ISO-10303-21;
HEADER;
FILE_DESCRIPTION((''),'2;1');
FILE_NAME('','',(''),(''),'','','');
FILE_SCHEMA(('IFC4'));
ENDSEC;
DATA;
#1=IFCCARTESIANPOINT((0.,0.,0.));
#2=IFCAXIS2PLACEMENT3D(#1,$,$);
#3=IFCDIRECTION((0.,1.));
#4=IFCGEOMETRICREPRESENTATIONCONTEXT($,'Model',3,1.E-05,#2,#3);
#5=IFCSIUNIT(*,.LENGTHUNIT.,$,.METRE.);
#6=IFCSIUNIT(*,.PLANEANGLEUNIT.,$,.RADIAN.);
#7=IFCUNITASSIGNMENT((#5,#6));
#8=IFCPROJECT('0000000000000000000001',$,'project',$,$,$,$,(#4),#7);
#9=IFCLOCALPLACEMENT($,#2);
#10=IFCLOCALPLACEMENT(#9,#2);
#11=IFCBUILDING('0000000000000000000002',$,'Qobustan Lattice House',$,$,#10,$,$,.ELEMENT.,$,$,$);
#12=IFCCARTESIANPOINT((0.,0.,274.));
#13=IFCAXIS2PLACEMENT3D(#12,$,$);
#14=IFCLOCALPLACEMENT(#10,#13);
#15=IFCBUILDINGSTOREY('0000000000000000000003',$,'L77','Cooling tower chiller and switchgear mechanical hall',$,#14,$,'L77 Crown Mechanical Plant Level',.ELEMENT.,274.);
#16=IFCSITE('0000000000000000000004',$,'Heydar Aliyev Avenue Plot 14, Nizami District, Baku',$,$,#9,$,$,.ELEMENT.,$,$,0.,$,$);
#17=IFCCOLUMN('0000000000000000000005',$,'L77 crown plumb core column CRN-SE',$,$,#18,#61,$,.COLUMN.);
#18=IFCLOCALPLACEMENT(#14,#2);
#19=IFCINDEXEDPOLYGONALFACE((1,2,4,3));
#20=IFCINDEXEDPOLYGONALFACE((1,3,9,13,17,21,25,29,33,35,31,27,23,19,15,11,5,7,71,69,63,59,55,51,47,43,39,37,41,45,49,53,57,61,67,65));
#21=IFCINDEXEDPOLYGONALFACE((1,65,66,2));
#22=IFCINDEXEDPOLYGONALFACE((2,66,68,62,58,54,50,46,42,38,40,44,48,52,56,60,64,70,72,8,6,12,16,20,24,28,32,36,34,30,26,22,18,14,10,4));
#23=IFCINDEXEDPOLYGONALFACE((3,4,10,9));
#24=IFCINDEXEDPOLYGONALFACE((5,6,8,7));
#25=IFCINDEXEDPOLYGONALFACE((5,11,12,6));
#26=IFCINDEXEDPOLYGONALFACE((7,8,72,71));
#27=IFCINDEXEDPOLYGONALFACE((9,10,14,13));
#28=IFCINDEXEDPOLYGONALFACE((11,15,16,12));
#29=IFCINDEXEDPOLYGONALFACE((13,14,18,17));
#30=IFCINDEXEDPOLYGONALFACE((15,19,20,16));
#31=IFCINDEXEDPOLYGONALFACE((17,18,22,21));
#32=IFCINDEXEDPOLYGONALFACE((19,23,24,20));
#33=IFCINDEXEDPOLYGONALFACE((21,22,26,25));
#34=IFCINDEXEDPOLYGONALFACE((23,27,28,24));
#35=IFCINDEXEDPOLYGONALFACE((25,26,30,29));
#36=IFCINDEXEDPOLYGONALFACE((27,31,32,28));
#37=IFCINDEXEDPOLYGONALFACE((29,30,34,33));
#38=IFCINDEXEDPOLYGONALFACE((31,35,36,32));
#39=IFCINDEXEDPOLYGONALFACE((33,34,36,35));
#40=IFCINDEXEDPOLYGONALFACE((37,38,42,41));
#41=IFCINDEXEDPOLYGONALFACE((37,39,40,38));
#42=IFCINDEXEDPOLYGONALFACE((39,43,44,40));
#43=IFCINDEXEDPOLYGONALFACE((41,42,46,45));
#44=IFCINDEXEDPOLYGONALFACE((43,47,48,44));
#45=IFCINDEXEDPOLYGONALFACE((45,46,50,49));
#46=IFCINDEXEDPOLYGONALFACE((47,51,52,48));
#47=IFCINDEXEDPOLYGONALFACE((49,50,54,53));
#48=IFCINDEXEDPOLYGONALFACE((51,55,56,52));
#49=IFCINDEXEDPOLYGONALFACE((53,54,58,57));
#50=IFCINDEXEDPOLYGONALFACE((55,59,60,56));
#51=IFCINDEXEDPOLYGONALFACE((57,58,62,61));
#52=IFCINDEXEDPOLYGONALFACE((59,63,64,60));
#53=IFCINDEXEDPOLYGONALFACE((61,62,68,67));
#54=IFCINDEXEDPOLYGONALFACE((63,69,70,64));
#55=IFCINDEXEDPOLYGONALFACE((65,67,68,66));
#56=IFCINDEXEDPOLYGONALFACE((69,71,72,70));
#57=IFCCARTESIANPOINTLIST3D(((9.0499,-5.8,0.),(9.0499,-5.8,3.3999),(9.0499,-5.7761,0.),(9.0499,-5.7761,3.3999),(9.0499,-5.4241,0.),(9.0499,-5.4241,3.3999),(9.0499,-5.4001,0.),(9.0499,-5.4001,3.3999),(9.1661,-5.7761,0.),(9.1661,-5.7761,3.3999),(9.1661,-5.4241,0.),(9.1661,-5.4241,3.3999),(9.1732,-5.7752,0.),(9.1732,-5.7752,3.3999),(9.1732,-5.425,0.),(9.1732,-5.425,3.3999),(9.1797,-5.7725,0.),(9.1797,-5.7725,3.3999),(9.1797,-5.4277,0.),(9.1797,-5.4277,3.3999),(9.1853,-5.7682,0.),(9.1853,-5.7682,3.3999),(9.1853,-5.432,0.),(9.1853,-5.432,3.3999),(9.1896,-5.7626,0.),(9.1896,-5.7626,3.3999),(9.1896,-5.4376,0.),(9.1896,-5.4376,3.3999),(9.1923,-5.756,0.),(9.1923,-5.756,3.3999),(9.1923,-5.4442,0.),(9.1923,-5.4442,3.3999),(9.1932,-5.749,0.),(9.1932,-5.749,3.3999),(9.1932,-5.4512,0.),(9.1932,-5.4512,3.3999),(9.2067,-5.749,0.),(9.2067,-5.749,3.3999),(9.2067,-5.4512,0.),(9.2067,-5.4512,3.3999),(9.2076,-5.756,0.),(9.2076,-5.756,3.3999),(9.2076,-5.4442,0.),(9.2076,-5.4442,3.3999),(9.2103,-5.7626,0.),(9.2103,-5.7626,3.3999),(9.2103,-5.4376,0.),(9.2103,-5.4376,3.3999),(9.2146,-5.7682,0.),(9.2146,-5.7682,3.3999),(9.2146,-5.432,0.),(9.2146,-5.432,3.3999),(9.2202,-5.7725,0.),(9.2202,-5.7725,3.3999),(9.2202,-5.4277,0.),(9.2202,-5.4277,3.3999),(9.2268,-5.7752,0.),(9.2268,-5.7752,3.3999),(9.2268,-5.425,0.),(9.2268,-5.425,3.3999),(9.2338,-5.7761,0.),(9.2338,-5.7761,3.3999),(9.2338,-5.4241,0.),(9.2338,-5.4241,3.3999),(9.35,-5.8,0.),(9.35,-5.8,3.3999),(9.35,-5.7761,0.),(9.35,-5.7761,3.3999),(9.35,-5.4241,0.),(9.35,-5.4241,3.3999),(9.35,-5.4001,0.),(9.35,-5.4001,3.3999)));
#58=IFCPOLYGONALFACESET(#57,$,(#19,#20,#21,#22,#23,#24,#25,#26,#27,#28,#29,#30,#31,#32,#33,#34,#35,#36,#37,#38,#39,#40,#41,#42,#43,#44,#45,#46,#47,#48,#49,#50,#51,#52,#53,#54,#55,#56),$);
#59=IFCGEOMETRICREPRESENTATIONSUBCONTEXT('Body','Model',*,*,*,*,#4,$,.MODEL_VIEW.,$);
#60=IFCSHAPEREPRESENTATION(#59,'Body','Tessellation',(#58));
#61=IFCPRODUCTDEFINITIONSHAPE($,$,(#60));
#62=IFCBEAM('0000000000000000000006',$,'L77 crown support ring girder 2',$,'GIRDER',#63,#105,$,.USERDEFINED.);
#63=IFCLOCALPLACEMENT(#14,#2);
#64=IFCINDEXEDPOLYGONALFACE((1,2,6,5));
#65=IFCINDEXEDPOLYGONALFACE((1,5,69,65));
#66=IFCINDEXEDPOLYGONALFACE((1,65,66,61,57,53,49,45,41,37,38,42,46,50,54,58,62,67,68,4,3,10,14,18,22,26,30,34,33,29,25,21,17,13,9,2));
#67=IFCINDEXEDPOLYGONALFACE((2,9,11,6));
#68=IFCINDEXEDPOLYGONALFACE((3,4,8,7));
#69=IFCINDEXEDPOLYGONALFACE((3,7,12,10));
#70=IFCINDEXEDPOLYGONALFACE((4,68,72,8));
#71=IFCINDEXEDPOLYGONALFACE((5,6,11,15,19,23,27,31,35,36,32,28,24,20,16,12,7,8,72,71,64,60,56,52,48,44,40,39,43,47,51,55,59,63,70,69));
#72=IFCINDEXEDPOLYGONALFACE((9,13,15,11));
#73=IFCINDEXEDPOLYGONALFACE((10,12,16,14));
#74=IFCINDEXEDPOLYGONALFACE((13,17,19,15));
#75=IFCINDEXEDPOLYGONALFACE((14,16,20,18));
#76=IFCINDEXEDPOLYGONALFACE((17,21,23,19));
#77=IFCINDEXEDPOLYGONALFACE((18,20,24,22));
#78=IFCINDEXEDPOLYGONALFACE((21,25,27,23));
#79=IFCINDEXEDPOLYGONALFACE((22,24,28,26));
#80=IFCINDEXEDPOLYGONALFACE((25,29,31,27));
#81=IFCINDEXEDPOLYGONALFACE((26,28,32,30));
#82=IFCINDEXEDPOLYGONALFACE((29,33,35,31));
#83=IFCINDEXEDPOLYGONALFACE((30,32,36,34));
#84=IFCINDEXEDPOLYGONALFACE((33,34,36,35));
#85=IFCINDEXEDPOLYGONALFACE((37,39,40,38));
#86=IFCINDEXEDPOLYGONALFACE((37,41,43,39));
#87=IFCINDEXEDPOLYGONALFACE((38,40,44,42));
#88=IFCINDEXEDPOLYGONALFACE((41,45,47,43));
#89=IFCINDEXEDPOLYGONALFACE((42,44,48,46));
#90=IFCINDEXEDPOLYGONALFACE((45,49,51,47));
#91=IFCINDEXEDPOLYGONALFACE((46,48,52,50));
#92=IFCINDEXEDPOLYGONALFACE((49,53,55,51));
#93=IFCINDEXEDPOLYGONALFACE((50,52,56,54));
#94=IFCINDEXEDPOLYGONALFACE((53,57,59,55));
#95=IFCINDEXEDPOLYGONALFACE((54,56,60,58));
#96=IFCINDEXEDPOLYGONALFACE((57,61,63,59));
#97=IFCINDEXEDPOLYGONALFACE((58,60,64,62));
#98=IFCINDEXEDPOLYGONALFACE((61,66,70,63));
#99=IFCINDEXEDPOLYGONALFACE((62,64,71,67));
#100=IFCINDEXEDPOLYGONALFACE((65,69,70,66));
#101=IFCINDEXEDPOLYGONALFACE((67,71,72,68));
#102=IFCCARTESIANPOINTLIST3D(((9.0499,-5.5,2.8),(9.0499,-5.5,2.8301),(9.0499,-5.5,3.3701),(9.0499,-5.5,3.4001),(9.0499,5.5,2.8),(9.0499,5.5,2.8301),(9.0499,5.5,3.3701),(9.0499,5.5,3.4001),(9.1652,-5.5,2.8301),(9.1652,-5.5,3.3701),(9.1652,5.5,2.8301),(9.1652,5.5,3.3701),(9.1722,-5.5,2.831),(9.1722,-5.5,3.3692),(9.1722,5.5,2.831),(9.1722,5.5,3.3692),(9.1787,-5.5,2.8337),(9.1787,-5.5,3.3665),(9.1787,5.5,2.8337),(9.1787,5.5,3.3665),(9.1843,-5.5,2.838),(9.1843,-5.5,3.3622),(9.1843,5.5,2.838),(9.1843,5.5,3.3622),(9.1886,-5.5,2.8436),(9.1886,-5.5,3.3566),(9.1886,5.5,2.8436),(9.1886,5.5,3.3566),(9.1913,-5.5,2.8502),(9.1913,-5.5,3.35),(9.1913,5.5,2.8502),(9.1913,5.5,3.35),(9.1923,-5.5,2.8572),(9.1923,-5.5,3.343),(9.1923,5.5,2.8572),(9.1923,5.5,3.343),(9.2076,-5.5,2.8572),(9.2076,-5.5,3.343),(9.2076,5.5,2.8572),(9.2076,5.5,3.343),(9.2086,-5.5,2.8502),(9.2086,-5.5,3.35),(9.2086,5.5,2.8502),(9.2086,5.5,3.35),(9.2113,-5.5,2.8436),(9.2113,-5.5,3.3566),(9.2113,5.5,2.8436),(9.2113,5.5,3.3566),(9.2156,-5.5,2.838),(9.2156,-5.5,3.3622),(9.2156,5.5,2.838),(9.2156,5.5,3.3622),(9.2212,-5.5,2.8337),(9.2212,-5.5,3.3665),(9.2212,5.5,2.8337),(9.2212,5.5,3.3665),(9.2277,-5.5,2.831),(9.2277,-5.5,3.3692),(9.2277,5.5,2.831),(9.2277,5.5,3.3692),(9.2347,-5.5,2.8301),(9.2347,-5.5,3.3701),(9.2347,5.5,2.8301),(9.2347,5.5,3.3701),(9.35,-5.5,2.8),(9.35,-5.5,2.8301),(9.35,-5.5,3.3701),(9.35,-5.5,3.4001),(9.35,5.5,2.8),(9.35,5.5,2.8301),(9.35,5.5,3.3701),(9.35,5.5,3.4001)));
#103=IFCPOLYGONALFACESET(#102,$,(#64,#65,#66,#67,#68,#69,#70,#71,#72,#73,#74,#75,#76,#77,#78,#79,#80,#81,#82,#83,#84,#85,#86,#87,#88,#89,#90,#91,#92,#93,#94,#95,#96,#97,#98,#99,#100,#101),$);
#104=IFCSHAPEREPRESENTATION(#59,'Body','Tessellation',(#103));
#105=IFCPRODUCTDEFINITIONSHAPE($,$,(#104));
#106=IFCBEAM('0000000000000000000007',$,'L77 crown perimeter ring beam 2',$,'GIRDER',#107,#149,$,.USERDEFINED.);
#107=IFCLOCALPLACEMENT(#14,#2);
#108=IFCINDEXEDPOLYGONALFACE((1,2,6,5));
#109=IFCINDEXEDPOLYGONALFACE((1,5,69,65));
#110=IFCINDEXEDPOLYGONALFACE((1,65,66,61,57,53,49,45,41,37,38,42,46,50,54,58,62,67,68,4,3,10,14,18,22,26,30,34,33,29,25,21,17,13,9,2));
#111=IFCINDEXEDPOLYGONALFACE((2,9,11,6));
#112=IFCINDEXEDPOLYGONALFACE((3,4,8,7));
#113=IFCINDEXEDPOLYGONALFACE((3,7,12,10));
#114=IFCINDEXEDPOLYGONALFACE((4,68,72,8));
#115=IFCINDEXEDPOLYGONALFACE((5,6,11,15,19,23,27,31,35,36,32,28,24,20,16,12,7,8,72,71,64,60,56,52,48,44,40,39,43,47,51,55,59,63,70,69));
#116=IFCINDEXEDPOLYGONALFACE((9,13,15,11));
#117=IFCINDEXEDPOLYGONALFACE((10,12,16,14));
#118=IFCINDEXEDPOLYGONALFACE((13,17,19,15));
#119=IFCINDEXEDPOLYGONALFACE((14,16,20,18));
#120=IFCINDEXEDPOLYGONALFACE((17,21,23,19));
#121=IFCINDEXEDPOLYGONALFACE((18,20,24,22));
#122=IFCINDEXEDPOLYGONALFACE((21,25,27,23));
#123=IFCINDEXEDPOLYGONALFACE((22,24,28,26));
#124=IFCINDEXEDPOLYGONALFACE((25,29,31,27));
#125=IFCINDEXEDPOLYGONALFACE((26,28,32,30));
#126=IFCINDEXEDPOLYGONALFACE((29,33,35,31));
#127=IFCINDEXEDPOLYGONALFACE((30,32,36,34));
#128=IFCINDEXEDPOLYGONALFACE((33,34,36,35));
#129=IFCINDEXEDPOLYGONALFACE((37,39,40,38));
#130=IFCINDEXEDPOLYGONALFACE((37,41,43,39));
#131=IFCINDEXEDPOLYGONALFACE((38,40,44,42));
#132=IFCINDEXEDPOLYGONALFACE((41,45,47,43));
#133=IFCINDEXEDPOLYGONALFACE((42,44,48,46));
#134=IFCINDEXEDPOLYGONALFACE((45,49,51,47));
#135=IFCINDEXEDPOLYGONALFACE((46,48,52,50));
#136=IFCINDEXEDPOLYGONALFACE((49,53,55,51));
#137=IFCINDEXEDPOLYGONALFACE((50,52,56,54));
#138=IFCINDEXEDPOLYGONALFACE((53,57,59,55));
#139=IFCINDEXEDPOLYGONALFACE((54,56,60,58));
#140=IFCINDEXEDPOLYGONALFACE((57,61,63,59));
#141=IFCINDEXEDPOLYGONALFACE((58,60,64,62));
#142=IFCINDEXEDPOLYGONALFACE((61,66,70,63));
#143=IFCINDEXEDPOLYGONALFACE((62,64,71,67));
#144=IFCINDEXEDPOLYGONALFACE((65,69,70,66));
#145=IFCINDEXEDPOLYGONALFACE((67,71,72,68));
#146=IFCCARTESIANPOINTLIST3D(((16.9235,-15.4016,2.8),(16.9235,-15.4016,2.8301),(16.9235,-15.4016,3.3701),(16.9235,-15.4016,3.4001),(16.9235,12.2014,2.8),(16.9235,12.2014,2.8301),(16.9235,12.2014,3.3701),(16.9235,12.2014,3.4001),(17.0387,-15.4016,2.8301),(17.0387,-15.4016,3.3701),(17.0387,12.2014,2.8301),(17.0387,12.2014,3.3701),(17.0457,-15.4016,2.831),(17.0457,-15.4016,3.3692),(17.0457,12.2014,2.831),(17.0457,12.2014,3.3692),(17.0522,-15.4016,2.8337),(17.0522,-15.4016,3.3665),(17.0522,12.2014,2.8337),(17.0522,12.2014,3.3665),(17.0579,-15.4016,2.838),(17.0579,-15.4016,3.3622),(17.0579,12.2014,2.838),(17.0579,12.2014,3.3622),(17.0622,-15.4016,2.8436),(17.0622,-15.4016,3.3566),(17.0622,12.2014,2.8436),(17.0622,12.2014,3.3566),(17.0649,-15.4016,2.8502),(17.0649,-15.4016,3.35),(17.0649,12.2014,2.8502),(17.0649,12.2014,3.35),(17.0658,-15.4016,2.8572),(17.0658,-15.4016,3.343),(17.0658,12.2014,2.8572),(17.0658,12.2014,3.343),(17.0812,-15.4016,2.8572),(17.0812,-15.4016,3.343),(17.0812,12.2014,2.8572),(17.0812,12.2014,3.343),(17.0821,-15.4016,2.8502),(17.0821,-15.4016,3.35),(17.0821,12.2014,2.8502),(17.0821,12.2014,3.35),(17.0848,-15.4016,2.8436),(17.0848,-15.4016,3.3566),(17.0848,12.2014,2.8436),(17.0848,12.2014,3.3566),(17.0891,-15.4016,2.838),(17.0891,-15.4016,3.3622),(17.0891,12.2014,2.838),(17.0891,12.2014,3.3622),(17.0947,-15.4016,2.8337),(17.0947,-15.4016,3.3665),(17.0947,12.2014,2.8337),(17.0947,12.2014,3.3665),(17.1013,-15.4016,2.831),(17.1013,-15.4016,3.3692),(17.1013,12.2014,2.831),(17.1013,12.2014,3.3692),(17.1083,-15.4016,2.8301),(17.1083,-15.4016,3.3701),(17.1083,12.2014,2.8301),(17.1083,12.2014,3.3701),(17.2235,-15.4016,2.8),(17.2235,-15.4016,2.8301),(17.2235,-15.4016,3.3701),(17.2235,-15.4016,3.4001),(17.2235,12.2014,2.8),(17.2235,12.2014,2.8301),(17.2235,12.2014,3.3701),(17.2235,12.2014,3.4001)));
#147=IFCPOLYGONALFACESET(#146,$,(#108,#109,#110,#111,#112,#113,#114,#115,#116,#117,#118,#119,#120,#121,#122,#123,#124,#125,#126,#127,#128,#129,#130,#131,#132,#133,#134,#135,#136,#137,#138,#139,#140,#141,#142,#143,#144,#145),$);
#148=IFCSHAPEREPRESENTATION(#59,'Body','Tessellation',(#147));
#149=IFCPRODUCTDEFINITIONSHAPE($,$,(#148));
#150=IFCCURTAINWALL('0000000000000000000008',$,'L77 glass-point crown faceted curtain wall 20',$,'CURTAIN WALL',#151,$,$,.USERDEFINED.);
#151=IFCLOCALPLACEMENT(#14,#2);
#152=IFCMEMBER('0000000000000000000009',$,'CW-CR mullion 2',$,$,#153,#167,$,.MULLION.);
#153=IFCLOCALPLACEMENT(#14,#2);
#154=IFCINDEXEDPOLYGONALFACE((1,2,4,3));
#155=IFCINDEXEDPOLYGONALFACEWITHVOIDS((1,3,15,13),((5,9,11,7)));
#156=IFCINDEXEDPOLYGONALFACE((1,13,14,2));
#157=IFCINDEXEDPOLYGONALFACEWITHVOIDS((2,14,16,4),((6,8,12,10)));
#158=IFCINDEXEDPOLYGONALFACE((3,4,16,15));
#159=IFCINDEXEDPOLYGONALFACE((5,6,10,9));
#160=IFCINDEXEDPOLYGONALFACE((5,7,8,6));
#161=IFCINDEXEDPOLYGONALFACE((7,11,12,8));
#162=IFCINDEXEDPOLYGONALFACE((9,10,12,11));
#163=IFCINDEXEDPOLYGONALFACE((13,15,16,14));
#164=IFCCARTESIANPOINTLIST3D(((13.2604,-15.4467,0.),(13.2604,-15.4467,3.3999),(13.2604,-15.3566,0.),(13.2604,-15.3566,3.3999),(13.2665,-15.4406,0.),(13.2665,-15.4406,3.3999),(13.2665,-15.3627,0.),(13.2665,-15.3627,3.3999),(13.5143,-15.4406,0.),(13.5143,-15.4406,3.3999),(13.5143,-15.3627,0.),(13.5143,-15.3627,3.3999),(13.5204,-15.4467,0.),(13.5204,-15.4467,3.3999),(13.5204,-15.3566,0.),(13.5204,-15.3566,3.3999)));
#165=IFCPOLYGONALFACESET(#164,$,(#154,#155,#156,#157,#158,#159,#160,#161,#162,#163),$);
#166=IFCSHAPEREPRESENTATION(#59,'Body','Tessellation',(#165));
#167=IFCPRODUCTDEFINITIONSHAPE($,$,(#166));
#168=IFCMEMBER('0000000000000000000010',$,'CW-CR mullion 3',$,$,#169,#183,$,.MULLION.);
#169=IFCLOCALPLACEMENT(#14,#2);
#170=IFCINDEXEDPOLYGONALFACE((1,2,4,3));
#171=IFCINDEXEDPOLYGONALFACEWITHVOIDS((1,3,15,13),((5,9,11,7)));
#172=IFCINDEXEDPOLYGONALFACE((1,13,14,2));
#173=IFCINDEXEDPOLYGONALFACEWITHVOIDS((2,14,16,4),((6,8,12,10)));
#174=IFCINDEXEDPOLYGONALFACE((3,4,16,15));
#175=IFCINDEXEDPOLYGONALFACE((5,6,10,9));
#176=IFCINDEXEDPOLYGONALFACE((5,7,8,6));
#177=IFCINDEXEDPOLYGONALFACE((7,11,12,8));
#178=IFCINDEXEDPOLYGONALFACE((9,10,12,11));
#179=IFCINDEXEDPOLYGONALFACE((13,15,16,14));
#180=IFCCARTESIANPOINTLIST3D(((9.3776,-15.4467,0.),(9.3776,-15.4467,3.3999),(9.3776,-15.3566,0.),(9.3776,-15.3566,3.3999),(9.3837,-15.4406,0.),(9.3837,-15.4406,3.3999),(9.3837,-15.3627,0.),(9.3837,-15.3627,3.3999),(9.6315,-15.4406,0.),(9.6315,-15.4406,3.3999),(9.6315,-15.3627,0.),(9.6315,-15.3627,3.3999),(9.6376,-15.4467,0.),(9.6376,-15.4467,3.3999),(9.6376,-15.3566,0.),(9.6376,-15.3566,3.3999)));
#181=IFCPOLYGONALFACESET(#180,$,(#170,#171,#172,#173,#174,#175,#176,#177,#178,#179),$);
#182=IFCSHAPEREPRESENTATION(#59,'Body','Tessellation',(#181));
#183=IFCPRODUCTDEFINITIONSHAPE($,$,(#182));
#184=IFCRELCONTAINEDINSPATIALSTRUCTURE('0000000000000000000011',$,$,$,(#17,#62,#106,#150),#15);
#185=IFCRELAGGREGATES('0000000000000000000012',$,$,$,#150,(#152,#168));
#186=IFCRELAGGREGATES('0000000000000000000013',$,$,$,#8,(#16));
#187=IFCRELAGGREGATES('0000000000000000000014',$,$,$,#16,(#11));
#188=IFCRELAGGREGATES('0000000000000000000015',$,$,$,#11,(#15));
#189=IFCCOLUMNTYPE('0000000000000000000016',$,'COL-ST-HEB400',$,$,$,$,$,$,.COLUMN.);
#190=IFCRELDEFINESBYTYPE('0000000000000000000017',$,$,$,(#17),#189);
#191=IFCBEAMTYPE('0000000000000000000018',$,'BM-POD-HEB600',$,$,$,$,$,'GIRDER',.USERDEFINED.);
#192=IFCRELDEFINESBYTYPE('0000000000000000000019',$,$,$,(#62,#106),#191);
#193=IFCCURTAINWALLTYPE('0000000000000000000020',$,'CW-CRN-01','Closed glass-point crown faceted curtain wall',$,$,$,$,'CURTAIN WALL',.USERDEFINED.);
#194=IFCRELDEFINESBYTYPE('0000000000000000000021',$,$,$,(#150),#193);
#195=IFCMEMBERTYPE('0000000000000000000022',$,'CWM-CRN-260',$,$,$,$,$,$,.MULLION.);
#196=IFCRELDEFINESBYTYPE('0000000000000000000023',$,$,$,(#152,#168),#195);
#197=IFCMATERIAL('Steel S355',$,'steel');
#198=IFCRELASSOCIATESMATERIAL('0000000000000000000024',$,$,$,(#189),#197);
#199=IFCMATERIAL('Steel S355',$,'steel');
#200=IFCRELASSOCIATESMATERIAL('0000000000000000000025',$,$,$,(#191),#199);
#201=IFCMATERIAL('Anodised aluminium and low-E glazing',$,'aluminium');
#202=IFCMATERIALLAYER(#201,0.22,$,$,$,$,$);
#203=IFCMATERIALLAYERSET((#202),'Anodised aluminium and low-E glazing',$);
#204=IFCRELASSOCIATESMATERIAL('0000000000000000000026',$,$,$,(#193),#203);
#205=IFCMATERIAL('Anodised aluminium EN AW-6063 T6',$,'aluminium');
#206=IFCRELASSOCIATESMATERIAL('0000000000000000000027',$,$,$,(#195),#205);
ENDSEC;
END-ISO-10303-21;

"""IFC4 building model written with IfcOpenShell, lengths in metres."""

from ifc_helpers import new_model, si_unit, direction, frame, origin, origin_2d, place, context, subcontext, project, spatial, hollow_rectangle, i_section, extrude, material, layer, layer_set, material_profile, profile_set, type_object, element, aggregate, save


model = new_model("IFC4")

# Units and contexts
model_context = context("Model", 3, precision=1e-05, world=origin(), true_north=direction((0.0, 1.0)))
body_context = subcontext(model_context, "Body", "Model", "MODEL_VIEW")
ifc_project = project(units=[si_unit("LENGTHUNIT", "METRE"), si_unit("PLANEANGLEUNIT", "RADIAN")], contexts=[model_context])

# Site, building, storey
site_placement = place(None, origin())
site = spatial("IfcSite", under=ifc_project, at=site_placement, Name="Heydar Aliyev Avenue Plot 14, Nizami District, Baku", CompositionType="ELEMENT", RefElevation=0.0)
building_placement = place(site_placement, origin())
building = spatial("IfcBuilding", under=site, at=building_placement, Name="Qobustan Lattice House", CompositionType="ELEMENT")
storey_placement = place(building_placement, frame((0.0, 0.0, 274.0)))
storey = spatial("IfcBuildingStorey", under=building, at=storey_placement, Name="L77", Description="Cooling tower chiller and switchgear mechanical hall", LongName="L77 Crown Mechanical Plant Level", CompositionType="ELEMENT", Elevation=274.0)

# Column
ifc_material_1 = material(Name="Steel S355", Category="steel")
ifc_material_profile_1 = material_profile(ifc_material_1, i_section(OverallWidth=0.3, OverallDepth=0.3999, WebThickness=0.0134, FlangeThickness=0.0239, FilletRadius=0.0271, at=origin_2d()), Name="HEB400")
ifc_profile_set_1 = profile_set([ifc_material_profile_1], Name="Steel S355")
column_type = type_object("IfcColumnType", Name="COL-ST-HEB400", PredefinedType="COLUMN", material=ifc_profile_set_1)
column_placement = place(storey_placement, frame((9.2, -5.6001, 0.0), z_axis=(0.0, 0.0, 1.0), x_axis=(1.0, 0.0, 0.0)))
element("IfcColumn", 1, at=column_placement, inside=storey, type_object=column_type, Name="L77 crown plumb core column CRN-SE", PredefinedType="COLUMN", context=body_context, shape_type="SweptSolid", body=[
    extrude(i_section(OverallWidth=0.3, OverallDepth=0.3999, WebThickness=0.0134, FlangeThickness=0.0239, FilletRadius=0.0271, at=origin_2d()), origin(), (0.0, 0.0, 1.0), 3.3999),
])

# Beams
ifc_material_2 = material(Name="Steel S355", Category="steel")
ifc_material_profile_2 = material_profile(ifc_material_2, i_section(OverallWidth=0.3, OverallDepth=0.6001, WebThickness=0.0154, FlangeThickness=0.03, FilletRadius=0.0271, at=origin_2d()), Name="HEB600")
ifc_profile_set_2 = profile_set([ifc_material_profile_2], Name="Steel S355")
beam_type = type_object("IfcBeamType", Name="BM-POD-HEB600", ElementType="GIRDER", PredefinedType="USERDEFINED", material=ifc_profile_set_2)
beam_1_placement = place(storey_placement, frame((9.2, -5.5, 3.1001), z_axis=(0.0, 1.0, 0.0), x_axis=(-1.0, 0.0, 0.0)))
element("IfcBeam", 2, at=beam_1_placement, inside=storey, type_object=beam_type, Name="L77 crown support ring girder 2", ObjectType="GIRDER", PredefinedType="USERDEFINED", context=body_context, shape_type="SweptSolid", body=[
    extrude(i_section(OverallWidth=0.3, OverallDepth=0.6001, WebThickness=0.0154, FlangeThickness=0.03, FilletRadius=0.0271, at=origin_2d()), origin(), (0.0, 0.0, 1.0), 11.0),
])
beam_2_placement = place(storey_placement, frame((17.0735, -15.4016, 3.1001), z_axis=(0.0, 1.0, 0.0), x_axis=(-1.0, 0.0, 0.0)))
element("IfcBeam", 3, at=beam_2_placement, inside=storey, type_object=beam_type, Name="L77 crown perimeter ring beam 2", ObjectType="GIRDER", PredefinedType="USERDEFINED", context=body_context, shape_type="SweptSolid", body=[
    extrude(i_section(OverallWidth=0.3, OverallDepth=0.6001, WebThickness=0.0154, FlangeThickness=0.03, FilletRadius=0.0271, at=origin_2d()), origin(), (0.0, 0.0, 1.0), 27.603),
])

# Curtain wall, members
ifc_material_3 = material(Name="Anodised aluminium and low-E glazing", Category="aluminium")
ifc_layer_1 = layer(ifc_material_3, 0.22)
ifc_layer_set_1 = layer_set([ifc_layer_1], Name="Anodised aluminium and low-E glazing")
curtain_wall_type = type_object("IfcCurtainWallType", Name="CW-CRN-01", Description="Closed glass-point crown faceted curtain wall", ElementType="CURTAIN WALL", PredefinedType="USERDEFINED", material=ifc_layer_set_1)
curtain_wall_placement = place(storey_placement, origin())
curtain_wall = element("IfcCurtainWall", 4, at=curtain_wall_placement, inside=storey, type_object=curtain_wall_type, Name="L77 glass-point crown faceted curtain wall 20", ObjectType="CURTAIN WALL", PredefinedType="USERDEFINED")
ifc_material_4 = material(Name="Anodised aluminium EN AW-6063 T6", Category="aluminium")
ifc_material_profile_3 = material_profile(ifc_material_4, hollow_rectangle(XDim=0.0901, YDim=0.26, WallThickness=0.0061, at=origin_2d()), Name="CWM-CROWN-260x90")
ifc_profile_set_3 = profile_set([ifc_material_profile_3], Name="Anodised aluminium EN AW-6063 T6")
member_type_1 = type_object("IfcMemberType", Name="CWM-CRN-260", PredefinedType="MULLION", material=ifc_profile_set_3)
member_1_placement = place(storey_placement, frame((13.3904, -15.4016, 0.0), z_axis=(0.0, 0.0, 1.0), x_axis=(0.0, -1.0, 0.0)))
member_1 = element("IfcMember", 5, at=member_1_placement, type_object=member_type_1, Name="CW-CR mullion 2", PredefinedType="MULLION", context=body_context, shape_type="SweptSolid", body=[
    extrude(hollow_rectangle(XDim=0.0901, YDim=0.26, WallThickness=0.0061, at=origin_2d()), origin(), (0.0, 0.0, 1.0), 3.3999),
])
member_2_placement = place(storey_placement, frame((9.5076, -15.4016, 0.0), z_axis=(0.0, 0.0, 1.0), x_axis=(0.0, -1.0, 0.0)))
member_2 = element("IfcMember", 6, at=member_2_placement, type_object=member_type_1, Name="CW-CR mullion 3", PredefinedType="MULLION", context=body_context, shape_type="SweptSolid", body=[
    extrude(hollow_rectangle(XDim=0.0901, YDim=0.26, WallThickness=0.0061, at=origin_2d()), origin(), (0.0, 0.0, 1.0), 3.3999),
])

aggregate(curtain_wall, [member_1, member_2])

save(model, "model.ifc")
